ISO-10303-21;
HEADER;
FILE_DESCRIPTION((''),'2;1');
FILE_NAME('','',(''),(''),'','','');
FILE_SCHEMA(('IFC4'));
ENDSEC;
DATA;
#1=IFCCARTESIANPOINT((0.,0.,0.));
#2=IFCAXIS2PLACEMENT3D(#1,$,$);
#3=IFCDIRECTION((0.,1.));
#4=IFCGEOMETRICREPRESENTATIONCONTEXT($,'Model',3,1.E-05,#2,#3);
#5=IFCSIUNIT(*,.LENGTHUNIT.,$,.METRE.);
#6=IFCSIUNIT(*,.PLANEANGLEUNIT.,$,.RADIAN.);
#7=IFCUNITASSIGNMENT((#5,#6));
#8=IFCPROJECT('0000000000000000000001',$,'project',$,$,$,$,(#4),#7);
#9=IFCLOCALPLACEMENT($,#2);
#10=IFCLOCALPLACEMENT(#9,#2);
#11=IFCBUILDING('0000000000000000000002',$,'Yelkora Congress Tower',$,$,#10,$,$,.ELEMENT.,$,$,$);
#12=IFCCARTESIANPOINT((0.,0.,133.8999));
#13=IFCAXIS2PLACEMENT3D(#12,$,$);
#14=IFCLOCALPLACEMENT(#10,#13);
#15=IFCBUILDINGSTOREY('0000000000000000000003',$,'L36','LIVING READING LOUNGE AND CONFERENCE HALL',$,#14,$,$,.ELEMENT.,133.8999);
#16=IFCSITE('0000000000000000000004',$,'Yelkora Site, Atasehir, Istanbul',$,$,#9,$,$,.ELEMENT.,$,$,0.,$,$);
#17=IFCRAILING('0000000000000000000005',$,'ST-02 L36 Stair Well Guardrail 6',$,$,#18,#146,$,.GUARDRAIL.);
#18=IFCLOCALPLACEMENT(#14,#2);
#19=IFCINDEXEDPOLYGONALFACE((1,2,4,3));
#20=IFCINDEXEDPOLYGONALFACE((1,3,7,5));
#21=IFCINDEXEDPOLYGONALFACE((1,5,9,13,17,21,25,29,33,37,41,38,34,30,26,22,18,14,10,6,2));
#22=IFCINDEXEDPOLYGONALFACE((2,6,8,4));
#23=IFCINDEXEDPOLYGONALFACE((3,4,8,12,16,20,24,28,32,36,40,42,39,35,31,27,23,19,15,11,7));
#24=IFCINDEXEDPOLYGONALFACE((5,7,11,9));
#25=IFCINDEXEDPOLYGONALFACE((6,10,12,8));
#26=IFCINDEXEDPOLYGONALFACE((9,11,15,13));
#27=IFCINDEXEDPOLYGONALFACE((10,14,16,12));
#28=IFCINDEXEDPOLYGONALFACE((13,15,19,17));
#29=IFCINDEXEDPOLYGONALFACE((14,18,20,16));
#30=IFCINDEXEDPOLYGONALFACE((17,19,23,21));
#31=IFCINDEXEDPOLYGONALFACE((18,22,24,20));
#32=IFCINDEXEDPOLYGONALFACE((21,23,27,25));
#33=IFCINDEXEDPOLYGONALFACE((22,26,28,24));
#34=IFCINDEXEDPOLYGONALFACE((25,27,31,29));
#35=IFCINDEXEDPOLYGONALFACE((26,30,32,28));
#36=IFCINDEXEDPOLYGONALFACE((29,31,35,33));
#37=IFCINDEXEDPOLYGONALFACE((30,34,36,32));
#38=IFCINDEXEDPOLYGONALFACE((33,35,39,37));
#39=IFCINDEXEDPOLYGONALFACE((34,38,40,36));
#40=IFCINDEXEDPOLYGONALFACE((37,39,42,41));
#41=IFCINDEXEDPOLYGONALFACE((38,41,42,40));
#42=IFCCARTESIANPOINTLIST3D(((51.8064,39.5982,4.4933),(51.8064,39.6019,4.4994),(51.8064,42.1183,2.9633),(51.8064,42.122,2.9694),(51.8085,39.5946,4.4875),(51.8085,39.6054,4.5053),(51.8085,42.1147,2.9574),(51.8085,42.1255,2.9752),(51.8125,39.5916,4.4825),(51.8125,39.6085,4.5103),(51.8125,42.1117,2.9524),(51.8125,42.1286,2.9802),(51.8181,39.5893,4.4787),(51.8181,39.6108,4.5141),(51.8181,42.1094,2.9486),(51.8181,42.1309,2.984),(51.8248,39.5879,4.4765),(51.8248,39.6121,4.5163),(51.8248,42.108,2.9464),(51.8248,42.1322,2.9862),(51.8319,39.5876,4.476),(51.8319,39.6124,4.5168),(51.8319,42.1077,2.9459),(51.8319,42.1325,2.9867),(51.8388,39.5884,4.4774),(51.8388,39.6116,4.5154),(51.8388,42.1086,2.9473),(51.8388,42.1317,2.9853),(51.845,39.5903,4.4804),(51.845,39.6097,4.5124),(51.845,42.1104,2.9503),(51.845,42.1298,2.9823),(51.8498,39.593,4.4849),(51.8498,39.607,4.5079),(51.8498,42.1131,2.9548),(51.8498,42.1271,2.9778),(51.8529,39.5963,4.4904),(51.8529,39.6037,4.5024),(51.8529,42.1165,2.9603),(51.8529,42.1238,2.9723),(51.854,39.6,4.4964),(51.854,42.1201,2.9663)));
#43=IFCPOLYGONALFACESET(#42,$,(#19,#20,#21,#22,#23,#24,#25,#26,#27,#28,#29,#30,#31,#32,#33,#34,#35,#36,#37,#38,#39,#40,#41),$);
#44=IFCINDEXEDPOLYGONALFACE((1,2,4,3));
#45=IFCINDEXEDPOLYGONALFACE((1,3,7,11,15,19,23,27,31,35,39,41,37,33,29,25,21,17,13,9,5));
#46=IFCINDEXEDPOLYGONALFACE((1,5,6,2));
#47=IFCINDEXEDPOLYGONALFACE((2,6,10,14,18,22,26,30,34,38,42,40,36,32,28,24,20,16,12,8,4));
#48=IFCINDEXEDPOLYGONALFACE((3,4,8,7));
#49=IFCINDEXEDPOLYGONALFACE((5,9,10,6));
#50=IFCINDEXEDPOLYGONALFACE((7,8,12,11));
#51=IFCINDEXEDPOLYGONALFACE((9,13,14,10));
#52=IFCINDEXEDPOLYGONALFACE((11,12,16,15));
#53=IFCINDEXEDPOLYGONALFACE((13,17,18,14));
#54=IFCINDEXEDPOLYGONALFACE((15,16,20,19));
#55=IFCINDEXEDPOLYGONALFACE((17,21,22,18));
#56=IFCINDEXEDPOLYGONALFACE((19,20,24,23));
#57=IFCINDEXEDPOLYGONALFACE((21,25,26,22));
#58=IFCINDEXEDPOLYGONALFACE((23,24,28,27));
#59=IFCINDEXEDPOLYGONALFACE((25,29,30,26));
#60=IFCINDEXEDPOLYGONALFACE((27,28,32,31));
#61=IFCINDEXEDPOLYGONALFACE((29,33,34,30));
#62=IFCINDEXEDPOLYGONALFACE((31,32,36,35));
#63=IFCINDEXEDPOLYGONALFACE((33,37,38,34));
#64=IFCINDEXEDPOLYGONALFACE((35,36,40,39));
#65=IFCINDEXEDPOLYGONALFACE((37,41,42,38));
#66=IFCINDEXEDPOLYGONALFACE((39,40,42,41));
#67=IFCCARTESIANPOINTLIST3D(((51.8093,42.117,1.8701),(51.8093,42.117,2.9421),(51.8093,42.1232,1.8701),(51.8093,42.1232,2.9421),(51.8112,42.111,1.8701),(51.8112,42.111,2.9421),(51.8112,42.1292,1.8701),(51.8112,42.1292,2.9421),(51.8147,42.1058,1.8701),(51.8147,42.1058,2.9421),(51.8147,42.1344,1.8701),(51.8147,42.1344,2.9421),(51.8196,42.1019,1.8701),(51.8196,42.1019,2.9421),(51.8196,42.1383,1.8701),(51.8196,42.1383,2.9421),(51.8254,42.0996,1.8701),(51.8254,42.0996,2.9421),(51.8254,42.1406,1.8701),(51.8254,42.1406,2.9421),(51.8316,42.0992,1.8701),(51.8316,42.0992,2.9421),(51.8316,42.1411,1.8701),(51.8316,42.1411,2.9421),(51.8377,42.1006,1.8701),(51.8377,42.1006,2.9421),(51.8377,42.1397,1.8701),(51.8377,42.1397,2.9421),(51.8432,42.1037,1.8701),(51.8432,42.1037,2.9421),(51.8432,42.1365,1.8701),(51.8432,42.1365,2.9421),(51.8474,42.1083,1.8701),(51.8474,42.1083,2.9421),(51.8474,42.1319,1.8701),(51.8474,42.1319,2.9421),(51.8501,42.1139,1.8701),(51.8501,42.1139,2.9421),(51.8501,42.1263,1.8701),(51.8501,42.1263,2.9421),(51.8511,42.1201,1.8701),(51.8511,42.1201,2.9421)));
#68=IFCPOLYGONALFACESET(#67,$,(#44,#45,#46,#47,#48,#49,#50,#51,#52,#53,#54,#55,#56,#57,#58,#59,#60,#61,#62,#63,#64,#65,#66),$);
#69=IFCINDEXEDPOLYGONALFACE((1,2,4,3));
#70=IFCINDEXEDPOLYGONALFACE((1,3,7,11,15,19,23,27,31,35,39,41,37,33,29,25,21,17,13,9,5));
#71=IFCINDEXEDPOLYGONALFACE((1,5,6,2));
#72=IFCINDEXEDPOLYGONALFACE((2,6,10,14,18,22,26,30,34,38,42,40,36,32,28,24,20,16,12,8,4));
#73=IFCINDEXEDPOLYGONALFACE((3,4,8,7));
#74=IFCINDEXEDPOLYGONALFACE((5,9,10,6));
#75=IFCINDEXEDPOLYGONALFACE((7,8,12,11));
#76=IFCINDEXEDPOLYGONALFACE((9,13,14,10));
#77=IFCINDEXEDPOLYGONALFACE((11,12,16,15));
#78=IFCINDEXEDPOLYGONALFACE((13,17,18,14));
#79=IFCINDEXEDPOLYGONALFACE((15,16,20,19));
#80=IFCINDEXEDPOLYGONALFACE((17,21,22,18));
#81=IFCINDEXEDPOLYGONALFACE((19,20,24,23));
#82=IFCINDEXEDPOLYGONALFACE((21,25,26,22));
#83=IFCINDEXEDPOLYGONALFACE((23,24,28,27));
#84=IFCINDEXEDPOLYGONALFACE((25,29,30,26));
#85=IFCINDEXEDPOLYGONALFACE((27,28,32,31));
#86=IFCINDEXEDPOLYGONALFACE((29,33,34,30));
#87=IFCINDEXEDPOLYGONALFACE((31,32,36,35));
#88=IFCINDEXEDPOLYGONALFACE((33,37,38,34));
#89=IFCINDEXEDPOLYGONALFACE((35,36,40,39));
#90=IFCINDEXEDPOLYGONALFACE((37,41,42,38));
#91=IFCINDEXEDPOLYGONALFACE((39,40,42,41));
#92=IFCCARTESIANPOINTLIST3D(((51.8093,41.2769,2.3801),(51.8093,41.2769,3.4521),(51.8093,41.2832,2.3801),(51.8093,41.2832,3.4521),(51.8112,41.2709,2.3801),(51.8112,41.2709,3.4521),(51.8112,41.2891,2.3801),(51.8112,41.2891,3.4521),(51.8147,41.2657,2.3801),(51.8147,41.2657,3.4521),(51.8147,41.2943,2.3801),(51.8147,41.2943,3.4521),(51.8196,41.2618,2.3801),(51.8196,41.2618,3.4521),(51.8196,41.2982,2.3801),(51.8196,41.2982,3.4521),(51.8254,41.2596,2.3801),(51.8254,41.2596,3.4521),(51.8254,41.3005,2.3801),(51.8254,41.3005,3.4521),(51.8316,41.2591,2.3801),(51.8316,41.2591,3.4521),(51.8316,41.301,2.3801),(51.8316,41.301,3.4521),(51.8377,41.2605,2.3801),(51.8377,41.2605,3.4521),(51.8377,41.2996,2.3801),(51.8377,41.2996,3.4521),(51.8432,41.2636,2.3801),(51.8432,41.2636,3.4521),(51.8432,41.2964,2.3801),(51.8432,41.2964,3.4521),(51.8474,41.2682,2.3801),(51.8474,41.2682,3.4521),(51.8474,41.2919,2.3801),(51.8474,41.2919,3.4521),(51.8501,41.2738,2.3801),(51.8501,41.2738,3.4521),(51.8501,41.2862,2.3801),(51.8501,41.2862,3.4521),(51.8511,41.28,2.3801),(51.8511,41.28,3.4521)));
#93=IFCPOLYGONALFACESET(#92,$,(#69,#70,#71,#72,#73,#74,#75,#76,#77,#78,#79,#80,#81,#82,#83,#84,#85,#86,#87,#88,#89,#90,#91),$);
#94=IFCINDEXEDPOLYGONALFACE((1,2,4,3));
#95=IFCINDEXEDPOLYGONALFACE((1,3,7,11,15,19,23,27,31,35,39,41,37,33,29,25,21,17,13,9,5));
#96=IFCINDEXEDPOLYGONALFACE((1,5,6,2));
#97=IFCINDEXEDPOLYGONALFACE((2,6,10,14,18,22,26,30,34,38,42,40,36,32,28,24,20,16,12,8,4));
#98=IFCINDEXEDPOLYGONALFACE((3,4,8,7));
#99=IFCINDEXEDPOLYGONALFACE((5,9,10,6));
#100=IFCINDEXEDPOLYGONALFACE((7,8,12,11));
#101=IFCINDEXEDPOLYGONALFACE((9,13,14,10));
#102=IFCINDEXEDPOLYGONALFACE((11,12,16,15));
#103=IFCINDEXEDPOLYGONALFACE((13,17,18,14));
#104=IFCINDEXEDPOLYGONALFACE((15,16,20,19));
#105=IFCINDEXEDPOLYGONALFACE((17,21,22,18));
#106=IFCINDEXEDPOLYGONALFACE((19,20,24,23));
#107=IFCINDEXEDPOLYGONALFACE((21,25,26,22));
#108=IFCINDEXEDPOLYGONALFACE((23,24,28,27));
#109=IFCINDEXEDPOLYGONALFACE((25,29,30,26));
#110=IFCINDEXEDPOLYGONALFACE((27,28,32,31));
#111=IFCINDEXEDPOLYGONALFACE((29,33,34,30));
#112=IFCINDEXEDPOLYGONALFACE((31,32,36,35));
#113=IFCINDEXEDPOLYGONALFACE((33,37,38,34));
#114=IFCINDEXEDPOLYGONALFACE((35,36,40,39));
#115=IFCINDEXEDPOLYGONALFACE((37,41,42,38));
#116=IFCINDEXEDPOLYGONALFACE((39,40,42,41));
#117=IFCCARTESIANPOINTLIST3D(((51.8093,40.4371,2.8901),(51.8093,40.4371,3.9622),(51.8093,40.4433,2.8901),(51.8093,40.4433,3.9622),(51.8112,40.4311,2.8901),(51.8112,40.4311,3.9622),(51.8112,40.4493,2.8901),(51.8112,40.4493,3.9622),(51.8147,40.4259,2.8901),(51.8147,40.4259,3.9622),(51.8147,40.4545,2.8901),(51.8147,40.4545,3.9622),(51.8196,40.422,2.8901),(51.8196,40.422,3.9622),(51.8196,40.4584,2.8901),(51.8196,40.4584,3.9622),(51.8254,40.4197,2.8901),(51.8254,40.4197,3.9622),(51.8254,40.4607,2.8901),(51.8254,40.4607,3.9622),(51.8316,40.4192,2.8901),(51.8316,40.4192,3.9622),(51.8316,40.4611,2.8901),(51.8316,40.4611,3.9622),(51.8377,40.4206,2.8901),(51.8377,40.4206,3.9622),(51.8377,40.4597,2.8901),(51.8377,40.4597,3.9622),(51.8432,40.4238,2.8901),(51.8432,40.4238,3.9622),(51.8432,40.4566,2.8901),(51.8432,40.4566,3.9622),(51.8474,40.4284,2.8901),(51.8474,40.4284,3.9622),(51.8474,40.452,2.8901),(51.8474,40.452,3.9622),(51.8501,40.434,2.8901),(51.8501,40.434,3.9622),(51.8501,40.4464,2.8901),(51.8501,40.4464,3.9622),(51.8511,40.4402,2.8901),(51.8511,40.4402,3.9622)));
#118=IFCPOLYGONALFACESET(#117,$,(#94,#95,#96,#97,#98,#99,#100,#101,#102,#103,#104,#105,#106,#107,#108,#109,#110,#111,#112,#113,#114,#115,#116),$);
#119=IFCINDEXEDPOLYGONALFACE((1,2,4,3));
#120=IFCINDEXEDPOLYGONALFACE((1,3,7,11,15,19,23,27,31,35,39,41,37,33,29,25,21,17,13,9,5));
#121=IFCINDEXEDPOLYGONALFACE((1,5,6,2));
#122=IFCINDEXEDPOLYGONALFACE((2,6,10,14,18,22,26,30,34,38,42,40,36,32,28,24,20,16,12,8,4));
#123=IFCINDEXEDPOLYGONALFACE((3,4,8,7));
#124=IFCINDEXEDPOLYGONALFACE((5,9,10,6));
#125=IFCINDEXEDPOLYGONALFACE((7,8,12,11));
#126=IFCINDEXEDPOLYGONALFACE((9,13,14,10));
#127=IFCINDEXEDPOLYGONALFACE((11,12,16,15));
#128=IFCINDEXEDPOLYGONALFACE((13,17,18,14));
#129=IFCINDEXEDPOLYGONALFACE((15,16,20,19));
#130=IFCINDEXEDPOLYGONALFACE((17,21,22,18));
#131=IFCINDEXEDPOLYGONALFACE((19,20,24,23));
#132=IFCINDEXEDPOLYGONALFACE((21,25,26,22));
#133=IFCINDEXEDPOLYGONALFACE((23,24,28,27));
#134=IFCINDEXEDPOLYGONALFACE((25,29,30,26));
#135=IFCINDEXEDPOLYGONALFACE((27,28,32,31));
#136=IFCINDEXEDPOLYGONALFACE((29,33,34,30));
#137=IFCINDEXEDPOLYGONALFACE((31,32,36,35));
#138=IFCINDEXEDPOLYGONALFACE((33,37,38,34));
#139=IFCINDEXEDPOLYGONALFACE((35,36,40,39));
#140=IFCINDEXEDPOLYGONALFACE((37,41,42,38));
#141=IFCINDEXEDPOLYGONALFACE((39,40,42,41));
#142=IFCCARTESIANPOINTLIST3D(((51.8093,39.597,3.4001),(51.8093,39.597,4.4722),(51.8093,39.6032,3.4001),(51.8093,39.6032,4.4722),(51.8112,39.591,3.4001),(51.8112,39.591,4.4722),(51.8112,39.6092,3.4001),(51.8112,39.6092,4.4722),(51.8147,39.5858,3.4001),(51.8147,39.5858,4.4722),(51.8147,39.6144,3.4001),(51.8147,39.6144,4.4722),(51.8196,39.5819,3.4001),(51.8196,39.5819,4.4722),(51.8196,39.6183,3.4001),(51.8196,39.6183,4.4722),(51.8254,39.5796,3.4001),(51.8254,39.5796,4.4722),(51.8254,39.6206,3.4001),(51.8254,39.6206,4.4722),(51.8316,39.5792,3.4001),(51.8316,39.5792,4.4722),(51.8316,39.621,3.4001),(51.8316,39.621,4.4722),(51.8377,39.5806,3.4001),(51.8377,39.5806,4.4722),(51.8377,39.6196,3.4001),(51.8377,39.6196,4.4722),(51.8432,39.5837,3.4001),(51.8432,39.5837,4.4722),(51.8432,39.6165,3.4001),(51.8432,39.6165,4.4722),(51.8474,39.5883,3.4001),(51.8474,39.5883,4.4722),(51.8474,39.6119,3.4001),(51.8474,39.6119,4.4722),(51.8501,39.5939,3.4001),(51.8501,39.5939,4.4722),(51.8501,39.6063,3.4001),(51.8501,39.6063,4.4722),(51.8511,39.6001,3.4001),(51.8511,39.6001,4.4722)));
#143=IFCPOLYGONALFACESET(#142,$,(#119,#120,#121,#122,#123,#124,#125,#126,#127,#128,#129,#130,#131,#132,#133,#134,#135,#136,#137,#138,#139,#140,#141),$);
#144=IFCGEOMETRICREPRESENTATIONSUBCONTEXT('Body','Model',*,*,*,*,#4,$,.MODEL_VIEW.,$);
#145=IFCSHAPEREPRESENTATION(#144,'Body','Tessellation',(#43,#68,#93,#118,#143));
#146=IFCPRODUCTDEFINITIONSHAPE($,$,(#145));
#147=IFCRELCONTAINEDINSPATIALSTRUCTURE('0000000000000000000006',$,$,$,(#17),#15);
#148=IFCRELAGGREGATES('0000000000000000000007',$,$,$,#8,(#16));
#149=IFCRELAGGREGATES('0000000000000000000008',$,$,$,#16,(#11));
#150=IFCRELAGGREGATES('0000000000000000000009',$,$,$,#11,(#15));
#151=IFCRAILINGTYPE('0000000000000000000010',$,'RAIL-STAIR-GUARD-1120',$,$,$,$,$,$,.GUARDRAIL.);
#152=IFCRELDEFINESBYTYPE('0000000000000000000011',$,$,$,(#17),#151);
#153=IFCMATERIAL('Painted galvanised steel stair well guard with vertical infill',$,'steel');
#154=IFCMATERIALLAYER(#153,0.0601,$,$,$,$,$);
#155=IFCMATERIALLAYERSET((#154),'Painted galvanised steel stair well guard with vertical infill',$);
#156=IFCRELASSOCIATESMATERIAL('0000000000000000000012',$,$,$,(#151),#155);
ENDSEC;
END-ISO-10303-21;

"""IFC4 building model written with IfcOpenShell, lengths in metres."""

from ifc_helpers import new_model, si_unit, direction, frame, origin, origin_2d, place, context, subcontext, project, spatial, circle, extrude, material, layer, layer_set, type_object, element, save


model = new_model("IFC4")

# Units and contexts
model_context = context("Model", 3, precision=1e-05, world=origin(), true_north=direction((0.0, 1.0)))
body_context = subcontext(model_context, "Body", "Model", "MODEL_VIEW")
ifc_project = project(units=[si_unit("LENGTHUNIT", "METRE"), si_unit("PLANEANGLEUNIT", "RADIAN")], contexts=[model_context])

# Site, building, storey
site_placement = place(None, origin())
site = spatial("IfcSite", under=ifc_project, at=site_placement, Name="Yelkora Site, Atasehir, Istanbul", CompositionType="ELEMENT", RefElevation=0.0)
building_placement = place(site_placement, origin())
building = spatial("IfcBuilding", under=site, at=building_placement, Name="Yelkora Congress Tower", CompositionType="ELEMENT")
storey_placement = place(building_placement, frame((0.0, 0.0, 133.8999)))
storey = spatial("IfcBuildingStorey", under=building, at=storey_placement, Name="L36", Description="LIVING READING LOUNGE AND CONFERENCE HALL", CompositionType="ELEMENT", Elevation=133.8999)

# Railing
ifc_material_1 = material(Name="Painted galvanised steel stair well guard with vertical infill", Category="steel")
ifc_layer_1 = layer(ifc_material_1, 0.0601)
ifc_layer_set_1 = layer_set([ifc_layer_1], Name="Painted galvanised steel stair well guard with vertical infill")
railing_type_1 = type_object("IfcRailingType", Name="RAIL-STAIR-GUARD-1120", PredefinedType="GUARDRAIL", material=ifc_layer_set_1)
railing_1_placement = place(storey_placement, frame((51.8301, 42.1201, 1.8701)))
element("IfcRailing", 1, at=railing_1_placement, inside=storey, type_object=railing_type_1, Name="ST-02 L36 Stair Well Guardrail 6", PredefinedType="GUARDRAIL", context=body_context, shape_type="SweptSolid", body=[
    extrude(circle(Radius=0.0239, at=origin_2d()), frame((0.0, 0.0, 1.0962), z_axis=(0.0, -0.854785, 0.518982), x_axis=(1.0, 0.0, 0.0)), (0.0, 0.0, 1.0), 2.9482),
    extrude(circle(Radius=0.021, at=origin_2d()), origin(), (0.0, 0.0, 1.0), 1.072),
    extrude(circle(Radius=0.021, at=origin_2d()), frame((0.0, -0.8401, 0.51)), (0.0, 0.0, 1.0), 1.072),
    extrude(circle(Radius=0.021, at=origin_2d()), frame((0.0, -1.6799, 1.02)), (0.0, 0.0, 1.0), 1.072),
    extrude(circle(Radius=0.021, at=origin_2d()), frame((0.0, -2.52, 1.53)), (0.0, 0.0, 1.0), 1.072),
])

save(model, "model.ifc")
